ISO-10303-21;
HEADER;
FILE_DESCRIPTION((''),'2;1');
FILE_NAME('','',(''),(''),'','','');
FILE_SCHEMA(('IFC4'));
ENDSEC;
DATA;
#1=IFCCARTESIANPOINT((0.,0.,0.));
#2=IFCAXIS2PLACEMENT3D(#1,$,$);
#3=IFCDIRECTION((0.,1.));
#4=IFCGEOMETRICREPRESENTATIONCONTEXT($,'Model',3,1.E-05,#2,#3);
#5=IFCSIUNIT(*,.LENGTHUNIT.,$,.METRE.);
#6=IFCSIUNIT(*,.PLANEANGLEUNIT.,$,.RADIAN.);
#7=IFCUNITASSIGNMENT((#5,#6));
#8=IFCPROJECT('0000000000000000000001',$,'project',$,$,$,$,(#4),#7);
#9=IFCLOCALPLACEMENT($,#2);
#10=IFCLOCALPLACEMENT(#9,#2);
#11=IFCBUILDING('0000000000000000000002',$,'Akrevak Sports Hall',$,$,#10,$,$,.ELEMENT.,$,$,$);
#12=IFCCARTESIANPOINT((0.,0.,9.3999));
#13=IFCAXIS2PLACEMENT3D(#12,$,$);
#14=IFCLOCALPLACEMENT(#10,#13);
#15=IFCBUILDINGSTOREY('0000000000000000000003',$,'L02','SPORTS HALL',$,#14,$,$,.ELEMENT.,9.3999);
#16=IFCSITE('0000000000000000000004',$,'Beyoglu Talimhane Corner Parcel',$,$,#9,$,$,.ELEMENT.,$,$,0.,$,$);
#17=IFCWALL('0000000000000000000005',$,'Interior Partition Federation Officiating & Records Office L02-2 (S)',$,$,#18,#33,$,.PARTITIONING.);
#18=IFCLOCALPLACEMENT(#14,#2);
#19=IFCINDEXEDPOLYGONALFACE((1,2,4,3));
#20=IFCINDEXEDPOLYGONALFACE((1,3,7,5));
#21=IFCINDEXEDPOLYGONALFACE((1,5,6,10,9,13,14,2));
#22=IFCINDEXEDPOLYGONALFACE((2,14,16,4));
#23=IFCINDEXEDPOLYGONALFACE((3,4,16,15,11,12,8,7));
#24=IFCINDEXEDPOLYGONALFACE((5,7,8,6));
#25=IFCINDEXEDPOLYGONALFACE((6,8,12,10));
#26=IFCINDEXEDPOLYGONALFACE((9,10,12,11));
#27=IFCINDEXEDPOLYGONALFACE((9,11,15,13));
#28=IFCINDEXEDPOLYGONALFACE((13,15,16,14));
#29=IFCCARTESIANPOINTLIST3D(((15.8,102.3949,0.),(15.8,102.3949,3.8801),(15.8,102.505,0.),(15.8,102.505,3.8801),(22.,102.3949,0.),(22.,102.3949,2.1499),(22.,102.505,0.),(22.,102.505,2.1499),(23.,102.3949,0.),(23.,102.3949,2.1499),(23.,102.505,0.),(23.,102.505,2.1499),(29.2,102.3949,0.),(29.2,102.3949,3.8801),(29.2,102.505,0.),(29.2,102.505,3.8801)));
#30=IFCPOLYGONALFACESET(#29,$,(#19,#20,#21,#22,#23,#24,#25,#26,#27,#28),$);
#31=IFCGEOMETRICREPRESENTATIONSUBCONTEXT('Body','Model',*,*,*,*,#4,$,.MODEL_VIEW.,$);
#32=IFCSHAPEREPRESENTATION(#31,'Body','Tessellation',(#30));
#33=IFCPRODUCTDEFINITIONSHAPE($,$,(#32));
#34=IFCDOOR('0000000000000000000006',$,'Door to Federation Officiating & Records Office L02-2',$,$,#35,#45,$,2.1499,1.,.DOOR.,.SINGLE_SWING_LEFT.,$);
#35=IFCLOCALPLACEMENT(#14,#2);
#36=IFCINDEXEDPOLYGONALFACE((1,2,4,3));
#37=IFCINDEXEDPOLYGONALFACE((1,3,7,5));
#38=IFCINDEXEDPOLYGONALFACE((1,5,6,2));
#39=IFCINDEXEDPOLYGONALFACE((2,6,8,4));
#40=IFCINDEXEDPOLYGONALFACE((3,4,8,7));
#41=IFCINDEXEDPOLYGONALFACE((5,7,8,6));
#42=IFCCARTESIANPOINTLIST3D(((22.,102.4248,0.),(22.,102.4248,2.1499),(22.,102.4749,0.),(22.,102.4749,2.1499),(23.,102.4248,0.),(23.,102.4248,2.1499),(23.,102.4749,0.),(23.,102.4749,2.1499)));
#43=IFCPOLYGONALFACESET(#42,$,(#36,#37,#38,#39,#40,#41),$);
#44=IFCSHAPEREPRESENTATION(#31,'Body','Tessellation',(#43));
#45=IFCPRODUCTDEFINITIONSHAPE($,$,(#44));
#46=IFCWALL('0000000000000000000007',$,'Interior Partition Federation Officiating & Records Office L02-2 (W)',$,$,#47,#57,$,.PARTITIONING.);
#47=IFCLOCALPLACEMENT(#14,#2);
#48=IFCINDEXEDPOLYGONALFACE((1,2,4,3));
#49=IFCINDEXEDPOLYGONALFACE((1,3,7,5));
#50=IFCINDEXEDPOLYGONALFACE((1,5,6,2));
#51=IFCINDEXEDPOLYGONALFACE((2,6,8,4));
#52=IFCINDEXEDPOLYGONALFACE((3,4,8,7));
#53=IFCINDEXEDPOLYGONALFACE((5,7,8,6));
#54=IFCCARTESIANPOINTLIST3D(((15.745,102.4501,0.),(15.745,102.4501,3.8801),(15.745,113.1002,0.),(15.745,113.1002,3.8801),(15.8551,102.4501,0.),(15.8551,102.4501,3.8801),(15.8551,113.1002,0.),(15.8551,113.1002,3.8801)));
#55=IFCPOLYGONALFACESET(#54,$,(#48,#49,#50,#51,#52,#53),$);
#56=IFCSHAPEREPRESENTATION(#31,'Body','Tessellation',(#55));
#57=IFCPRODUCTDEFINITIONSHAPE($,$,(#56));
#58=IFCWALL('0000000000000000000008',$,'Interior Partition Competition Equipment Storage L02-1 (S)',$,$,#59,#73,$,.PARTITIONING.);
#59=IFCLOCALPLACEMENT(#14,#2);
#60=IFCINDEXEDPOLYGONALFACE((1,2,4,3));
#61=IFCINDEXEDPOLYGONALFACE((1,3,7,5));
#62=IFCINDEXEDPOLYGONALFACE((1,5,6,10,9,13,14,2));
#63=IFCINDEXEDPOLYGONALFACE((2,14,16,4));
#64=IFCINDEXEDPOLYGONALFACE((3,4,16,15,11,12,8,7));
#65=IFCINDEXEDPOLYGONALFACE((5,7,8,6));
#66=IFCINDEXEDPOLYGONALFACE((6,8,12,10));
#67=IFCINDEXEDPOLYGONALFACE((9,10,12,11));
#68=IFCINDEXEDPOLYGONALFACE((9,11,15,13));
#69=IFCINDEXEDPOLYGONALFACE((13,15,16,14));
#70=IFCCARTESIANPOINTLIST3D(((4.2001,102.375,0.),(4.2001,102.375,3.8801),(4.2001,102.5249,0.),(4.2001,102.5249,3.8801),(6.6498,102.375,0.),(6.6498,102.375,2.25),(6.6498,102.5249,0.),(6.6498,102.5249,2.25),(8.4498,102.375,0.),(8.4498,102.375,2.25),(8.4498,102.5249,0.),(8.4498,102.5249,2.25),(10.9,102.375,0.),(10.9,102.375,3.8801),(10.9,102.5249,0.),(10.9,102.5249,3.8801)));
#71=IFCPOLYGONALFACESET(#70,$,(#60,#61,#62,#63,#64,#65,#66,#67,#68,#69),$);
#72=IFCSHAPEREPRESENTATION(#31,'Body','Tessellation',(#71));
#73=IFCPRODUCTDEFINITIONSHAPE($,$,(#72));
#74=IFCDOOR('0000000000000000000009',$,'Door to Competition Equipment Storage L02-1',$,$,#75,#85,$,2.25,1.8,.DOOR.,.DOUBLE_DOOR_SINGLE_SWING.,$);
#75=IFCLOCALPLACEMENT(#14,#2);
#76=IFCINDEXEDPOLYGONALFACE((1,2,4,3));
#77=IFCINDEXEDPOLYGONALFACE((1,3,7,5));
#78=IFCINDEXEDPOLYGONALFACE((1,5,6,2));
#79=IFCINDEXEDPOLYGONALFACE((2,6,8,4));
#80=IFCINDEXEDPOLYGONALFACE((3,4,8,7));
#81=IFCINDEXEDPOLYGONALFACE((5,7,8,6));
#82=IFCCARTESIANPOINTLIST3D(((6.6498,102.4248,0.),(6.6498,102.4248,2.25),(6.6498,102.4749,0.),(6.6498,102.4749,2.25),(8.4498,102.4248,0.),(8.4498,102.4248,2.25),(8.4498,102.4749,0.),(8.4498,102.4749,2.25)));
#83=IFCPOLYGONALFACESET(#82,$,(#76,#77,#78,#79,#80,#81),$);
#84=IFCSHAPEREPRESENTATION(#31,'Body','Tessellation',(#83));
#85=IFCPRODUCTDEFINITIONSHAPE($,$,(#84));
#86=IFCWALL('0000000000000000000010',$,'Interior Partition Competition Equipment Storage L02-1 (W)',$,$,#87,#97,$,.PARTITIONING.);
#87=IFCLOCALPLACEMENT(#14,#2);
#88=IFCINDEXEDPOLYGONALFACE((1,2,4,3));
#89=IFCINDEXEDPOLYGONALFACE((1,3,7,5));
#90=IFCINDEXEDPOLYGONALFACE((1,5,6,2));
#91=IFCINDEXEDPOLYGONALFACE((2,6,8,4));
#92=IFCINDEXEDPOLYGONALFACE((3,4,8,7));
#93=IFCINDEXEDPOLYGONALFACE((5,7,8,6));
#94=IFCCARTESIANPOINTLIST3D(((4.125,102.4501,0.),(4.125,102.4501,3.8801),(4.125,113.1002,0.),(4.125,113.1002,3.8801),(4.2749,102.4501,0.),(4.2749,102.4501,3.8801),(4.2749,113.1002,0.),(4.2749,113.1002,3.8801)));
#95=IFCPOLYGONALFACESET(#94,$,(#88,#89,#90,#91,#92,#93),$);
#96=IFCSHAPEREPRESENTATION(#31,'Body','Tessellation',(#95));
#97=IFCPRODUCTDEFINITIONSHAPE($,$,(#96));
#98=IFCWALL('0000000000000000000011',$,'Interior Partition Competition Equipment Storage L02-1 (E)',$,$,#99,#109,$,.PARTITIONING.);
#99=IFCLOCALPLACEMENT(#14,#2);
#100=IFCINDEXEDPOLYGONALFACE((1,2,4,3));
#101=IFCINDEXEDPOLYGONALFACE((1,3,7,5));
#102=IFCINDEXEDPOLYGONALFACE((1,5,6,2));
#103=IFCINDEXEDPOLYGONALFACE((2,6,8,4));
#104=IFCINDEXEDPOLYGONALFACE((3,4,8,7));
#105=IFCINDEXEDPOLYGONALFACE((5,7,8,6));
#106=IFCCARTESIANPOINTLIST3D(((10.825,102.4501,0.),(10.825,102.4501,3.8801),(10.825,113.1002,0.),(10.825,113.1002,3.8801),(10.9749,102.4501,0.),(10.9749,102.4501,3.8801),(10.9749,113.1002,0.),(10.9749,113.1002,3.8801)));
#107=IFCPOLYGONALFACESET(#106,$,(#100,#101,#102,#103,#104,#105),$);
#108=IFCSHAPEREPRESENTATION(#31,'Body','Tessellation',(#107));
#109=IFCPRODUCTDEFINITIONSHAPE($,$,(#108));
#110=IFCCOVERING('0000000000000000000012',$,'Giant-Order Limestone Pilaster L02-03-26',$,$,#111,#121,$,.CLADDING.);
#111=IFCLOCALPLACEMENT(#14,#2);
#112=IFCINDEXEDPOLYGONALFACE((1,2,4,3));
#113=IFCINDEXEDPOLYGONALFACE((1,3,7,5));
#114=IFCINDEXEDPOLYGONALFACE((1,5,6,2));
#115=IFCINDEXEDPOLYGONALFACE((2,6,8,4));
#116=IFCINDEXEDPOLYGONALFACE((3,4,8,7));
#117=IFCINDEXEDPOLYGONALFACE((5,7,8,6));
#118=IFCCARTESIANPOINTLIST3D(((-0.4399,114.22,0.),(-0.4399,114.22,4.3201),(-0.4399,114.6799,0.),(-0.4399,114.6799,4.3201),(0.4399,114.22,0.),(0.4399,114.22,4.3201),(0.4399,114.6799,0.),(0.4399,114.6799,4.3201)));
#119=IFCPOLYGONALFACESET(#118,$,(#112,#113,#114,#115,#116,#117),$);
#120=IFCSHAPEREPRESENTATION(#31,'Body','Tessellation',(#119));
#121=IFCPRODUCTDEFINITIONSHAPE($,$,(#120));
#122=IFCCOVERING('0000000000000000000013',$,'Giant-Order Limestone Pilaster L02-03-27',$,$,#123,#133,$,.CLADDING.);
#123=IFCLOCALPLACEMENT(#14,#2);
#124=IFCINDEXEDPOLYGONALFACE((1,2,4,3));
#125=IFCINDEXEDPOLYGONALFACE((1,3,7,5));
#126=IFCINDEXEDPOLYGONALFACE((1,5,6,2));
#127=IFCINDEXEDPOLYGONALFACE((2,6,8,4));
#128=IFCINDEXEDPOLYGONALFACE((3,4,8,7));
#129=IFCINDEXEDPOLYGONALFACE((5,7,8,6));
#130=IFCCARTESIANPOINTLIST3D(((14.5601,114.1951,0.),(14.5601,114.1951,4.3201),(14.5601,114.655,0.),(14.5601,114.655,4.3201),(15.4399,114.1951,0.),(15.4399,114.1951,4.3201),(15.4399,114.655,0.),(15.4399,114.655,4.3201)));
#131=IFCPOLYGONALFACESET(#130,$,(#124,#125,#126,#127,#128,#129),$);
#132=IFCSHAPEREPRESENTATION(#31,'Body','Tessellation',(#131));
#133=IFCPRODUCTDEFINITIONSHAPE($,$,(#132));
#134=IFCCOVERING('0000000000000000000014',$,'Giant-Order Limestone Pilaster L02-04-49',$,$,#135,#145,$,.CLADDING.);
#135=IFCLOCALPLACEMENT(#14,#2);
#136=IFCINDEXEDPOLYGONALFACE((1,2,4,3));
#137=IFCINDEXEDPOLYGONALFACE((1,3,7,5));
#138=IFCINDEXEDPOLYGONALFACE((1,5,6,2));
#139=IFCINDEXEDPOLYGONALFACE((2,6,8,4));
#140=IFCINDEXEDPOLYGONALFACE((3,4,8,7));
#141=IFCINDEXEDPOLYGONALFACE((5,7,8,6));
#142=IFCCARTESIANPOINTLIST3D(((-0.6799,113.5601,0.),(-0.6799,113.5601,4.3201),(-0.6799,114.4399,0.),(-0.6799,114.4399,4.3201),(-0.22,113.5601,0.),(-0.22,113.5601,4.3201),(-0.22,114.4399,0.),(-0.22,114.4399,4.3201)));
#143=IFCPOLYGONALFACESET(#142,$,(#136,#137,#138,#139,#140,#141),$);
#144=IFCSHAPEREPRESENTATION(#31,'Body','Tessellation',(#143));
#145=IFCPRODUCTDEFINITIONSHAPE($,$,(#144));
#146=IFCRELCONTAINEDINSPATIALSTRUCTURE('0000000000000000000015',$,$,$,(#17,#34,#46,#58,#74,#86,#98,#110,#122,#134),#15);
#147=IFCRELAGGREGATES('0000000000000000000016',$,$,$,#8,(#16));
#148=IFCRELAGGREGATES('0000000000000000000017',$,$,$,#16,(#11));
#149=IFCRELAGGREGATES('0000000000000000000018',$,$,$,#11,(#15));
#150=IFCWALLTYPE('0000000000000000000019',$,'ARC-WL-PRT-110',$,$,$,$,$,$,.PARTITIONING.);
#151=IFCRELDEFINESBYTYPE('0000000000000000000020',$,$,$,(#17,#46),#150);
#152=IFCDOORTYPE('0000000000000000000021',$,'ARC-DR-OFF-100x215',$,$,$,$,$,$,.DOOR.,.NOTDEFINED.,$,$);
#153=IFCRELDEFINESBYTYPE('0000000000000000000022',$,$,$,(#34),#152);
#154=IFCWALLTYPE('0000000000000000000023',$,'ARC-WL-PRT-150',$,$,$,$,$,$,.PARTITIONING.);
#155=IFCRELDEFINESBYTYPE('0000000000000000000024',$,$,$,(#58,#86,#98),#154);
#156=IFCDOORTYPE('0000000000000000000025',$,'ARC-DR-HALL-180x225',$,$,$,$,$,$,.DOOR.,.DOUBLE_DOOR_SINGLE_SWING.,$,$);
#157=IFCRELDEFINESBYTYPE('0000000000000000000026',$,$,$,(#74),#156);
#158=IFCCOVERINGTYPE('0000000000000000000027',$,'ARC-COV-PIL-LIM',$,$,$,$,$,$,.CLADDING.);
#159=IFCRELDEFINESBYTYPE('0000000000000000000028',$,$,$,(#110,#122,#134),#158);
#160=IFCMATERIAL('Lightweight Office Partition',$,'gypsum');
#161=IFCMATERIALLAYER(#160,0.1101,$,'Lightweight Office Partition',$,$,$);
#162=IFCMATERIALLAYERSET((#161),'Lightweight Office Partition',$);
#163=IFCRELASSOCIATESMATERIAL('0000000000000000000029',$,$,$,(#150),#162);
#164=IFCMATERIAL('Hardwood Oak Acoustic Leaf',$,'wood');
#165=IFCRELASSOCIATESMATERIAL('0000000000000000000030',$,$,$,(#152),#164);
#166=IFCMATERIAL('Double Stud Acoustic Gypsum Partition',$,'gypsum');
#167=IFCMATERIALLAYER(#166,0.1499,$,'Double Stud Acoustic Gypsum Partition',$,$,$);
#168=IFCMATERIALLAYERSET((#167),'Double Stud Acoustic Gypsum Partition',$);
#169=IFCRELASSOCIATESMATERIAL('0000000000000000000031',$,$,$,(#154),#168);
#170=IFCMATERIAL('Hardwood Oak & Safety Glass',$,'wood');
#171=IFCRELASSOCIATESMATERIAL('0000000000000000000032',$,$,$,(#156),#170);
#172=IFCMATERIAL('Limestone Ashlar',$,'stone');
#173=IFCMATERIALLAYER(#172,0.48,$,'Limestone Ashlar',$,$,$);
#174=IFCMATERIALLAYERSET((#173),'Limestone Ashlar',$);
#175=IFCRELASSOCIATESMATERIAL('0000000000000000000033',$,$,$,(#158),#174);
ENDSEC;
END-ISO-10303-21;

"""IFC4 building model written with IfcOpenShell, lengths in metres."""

from ifc_helpers import new_model, si_unit, direction, frame, frame_2d, origin, origin_2d, place, context, subcontext, project, spatial, rectangle, extrude, material, layer, layer_set, type_object, element, fill, save


model = new_model("IFC4")

# Units and contexts
model_context = context("Model", 3, precision=1e-05, world=origin(), true_north=direction((0.0, 1.0)))
body_context = subcontext(model_context, "Body", "Model", "MODEL_VIEW")
ifc_project = project(units=[si_unit("LENGTHUNIT", "METRE"), si_unit("PLANEANGLEUNIT", "RADIAN")], contexts=[model_context])

# Site, building, storey
site_placement = place(None, origin())
site = spatial("IfcSite", under=ifc_project, at=site_placement, Name="Beyoglu Talimhane Corner Parcel", CompositionType="ELEMENT", RefElevation=0.0)
building_placement = place(site_placement, origin())
building = spatial("IfcBuilding", under=site, at=building_placement, Name="Akrevak Sports Hall", CompositionType="ELEMENT")
storey_placement = place(building_placement, frame((0.0, 0.0, 9.3999)))
storey = spatial("IfcBuildingStorey", under=building, at=storey_placement, Name="L02", Description="SPORTS HALL", CompositionType="ELEMENT", Elevation=9.3999)

# Shared definitions
ifc_material_1 = material(Name="Limestone Ashlar", Category="stone")

# Wall, opening, door
ifc_material_2 = material(Name="Lightweight Office Partition", Category="gypsum")
ifc_layer_1 = layer(ifc_material_2, 0.1101, Name="Lightweight Office Partition")
ifc_layer_set_1 = layer_set([ifc_layer_1], Name="Lightweight Office Partition")
wall_type_1 = type_object("IfcWallType", Name="ARC-WL-PRT-110", PredefinedType="PARTITIONING", material=ifc_layer_set_1)
wall_1_placement = place(storey_placement, frame((15.8, 102.45, 0.0), z_axis=(0.0, 0.0, 1.0), x_axis=(1.0, 0.0, 0.0)))
wall_1 = element("IfcWall", 1, at=wall_1_placement, inside=storey, type_object=wall_type_1, Name="Interior Partition Federation Officiating & Records Office L02-2 (S)", PredefinedType="PARTITIONING", context=body_context, shape_type="SweptSolid", body=[
    extrude(rectangle(XDim=13.3999, YDim=0.1101, at=frame_2d((6.7, 0.0))), origin(), (0.0, 0.0, 1.0), 3.8801),
])
opening_1_placement = place(wall_1_placement, frame((6.2, 0.0, 0.0)))
opening_1 = element("IfcOpeningElement", 2, at=opening_1_placement, cuts=wall_1, PredefinedType="OPENING", context=body_context, shape_type="SweptSolid", body=[
    extrude(rectangle(XDim=1.0, YDim=2.1499, at=frame_2d((0.5, 1.075))), frame((0.0, 0.0669, 0.0), z_axis=(0.0, -1.0, 0.0), x_axis=(1.0, 0.0, 0.0)), (0.0, 0.0, 1.0), 0.134),
])
ifc_material_3 = material(Name="Hardwood Oak Acoustic Leaf", Category="wood")
door_type_1 = type_object("IfcDoorType", Name="ARC-DR-OFF-100x215", OperationType="NOTDEFINED", PredefinedType="DOOR", material=ifc_material_3)
door_1_placement = place(opening_1_placement, origin())
door_1 = element("IfcDoor", 3, at=door_1_placement, inside=storey, type_object=door_type_1, Name="Door to Federation Officiating & Records Office L02-2", OperationType="SINGLE_SWING_LEFT", OverallHeight=2.1499, OverallWidth=1.0, PredefinedType="DOOR", context=body_context, shape_type="SweptSolid", body=[
    extrude(rectangle(XDim=1.0, YDim=2.1499, at=frame_2d((0.5, 1.075))), frame((0.0, 0.0249, 0.0), z_axis=(0.0, -1.0, 0.0), x_axis=(1.0, 0.0, 0.0)), (0.0, 0.0, 1.0), 0.05),
])
fill(opening_1, door_1)

# Wall
wall_2_placement = place(storey_placement, frame((15.8, 102.45, 0.0), z_axis=(0.0, 0.0, 1.0), x_axis=(0.0, 1.0, 0.0)))
element("IfcWall", 4, at=wall_2_placement, inside=storey, type_object=wall_type_1, Name="Interior Partition Federation Officiating & Records Office L02-2 (W)", PredefinedType="PARTITIONING", context=body_context, shape_type="SweptSolid", body=[
    extrude(rectangle(XDim=10.6501, YDim=0.1101, at=frame_2d((5.3252, 0.0))), origin(), (0.0, 0.0, 1.0), 3.8801),
])

# Wall, opening, door
ifc_material_4 = material(Name="Double Stud Acoustic Gypsum Partition", Category="gypsum")
ifc_layer_2 = layer(ifc_material_4, 0.1499, Name="Double Stud Acoustic Gypsum Partition")
ifc_layer_set_2 = layer_set([ifc_layer_2], Name="Double Stud Acoustic Gypsum Partition")
wall_type_2 = type_object("IfcWallType", Name="ARC-WL-PRT-150", PredefinedType="PARTITIONING", material=ifc_layer_set_2)
wall_3_placement = place(storey_placement, frame((4.2, 102.45, 0.0), z_axis=(0.0, 0.0, 1.0), x_axis=(1.0, 0.0, 0.0)))
wall_3 = element("IfcWall", 5, at=wall_3_placement, inside=storey, type_object=wall_type_2, Name="Interior Partition Competition Equipment Storage L02-1 (S)", PredefinedType="PARTITIONING", context=body_context, shape_type="SweptSolid", body=[
    extrude(rectangle(XDim=6.7, YDim=0.1499, at=frame_2d((3.3501, 0.0))), origin(), (0.0, 0.0, 1.0), 3.8801),
])
opening_2_placement = place(wall_3_placement, frame((2.45, 0.0, 0.0)))
opening_2 = element("IfcOpeningElement", 6, at=opening_2_placement, cuts=wall_3, PredefinedType="OPENING", context=body_context, shape_type="SweptSolid", body=[
    extrude(rectangle(XDim=1.8, YDim=2.25, at=frame_2d((0.8999, 1.125))), frame((0.0, 0.0869, 0.0), z_axis=(0.0, -1.0, 0.0), x_axis=(1.0, 0.0, 0.0)), (0.0, 0.0, 1.0), 0.1738),
])
ifc_material_5 = material(Name="Hardwood Oak & Safety Glass", Category="wood")
door_type_2 = type_object("IfcDoorType", Name="ARC-DR-HALL-180x225", OperationType="DOUBLE_DOOR_SINGLE_SWING", PredefinedType="DOOR", material=ifc_material_5)
door_2_placement = place(opening_2_placement, origin())
door_2 = element("IfcDoor", 7, at=door_2_placement, inside=storey, type_object=door_type_2, Name="Door to Competition Equipment Storage L02-1", OperationType="DOUBLE_DOOR_SINGLE_SWING", OverallHeight=2.25, OverallWidth=1.8, PredefinedType="DOOR", context=body_context, shape_type="SweptSolid", body=[
    extrude(rectangle(XDim=1.8, YDim=2.25, at=frame_2d((0.8999, 1.125))), frame((0.0, 0.0249, 0.0), z_axis=(0.0, -1.0, 0.0), x_axis=(1.0, 0.0, 0.0)), (0.0, 0.0, 1.0), 0.05),
])
fill(opening_2, door_2)

# Walls
for number, where, z_axis, x_axis, name in (
    (8, (4.2, 102.45, 0.0), (0.0, 0.0, 1.0), (0.0, 1.0, 0.0), "Interior Partition Competition Equipment Storage L02-1 (W)"),
    (9, (10.8999, 102.45, 0.0), (0.0, 0.0, 1.0), (0.0, 1.0, 0.0), "Interior Partition Competition Equipment Storage L02-1 (E)"),
):
    element("IfcWall", number, at=place(storey_placement, frame(where, z_axis=z_axis, x_axis=x_axis)), inside=storey, type_object=wall_type_2, Name=name, PredefinedType="PARTITIONING", context=body_context, shape_type="SweptSolid", body=[
        extrude(rectangle(XDim=10.6501, YDim=0.1499, at=frame_2d((5.3252, 0.0))), origin(), (0.0, 0.0, 1.0), 3.8801),
    ])

# Coverings
ifc_layer_3 = layer(ifc_material_1, 0.48, Name="Limestone Ashlar")
ifc_layer_set_3 = layer_set([ifc_layer_3], Name="Limestone Ashlar")
covering_type = type_object("IfcCoveringType", Name="ARC-COV-PIL-LIM", PredefinedType="CLADDING", material=ifc_layer_set_3)
for number, where, z_axis, x_axis, name in (
    (10, (0.0, 114.45, 0.0), (0.0, 0.0, 1.0), (-1.0, 0.0, 0.0), "Giant-Order Limestone Pilaster L02-03-26"),
    (11, (15.0, 114.425, 0.0), (0.0, 0.0, 1.0), (-1.0, 0.0, 0.0), "Giant-Order Limestone Pilaster L02-03-27"),
    (12, (-0.45, 114.0, 0.0), (0.0, 0.0, 1.0), (0.0, -1.0, 0.0), "Giant-Order Limestone Pilaster L02-04-49"),
):
    element("IfcCovering", number, at=place(storey_placement, frame(where, z_axis=z_axis, x_axis=x_axis)), inside=storey, type_object=covering_type, Name=name, PredefinedType="CLADDING", context=body_context, shape_type="SweptSolid", body=[
        extrude(rectangle(XDim=0.8799, YDim=0.46, at=origin_2d()), origin(), (0.0, 0.0, 1.0), 4.3201),
    ])

save(model, "model.ifc")
